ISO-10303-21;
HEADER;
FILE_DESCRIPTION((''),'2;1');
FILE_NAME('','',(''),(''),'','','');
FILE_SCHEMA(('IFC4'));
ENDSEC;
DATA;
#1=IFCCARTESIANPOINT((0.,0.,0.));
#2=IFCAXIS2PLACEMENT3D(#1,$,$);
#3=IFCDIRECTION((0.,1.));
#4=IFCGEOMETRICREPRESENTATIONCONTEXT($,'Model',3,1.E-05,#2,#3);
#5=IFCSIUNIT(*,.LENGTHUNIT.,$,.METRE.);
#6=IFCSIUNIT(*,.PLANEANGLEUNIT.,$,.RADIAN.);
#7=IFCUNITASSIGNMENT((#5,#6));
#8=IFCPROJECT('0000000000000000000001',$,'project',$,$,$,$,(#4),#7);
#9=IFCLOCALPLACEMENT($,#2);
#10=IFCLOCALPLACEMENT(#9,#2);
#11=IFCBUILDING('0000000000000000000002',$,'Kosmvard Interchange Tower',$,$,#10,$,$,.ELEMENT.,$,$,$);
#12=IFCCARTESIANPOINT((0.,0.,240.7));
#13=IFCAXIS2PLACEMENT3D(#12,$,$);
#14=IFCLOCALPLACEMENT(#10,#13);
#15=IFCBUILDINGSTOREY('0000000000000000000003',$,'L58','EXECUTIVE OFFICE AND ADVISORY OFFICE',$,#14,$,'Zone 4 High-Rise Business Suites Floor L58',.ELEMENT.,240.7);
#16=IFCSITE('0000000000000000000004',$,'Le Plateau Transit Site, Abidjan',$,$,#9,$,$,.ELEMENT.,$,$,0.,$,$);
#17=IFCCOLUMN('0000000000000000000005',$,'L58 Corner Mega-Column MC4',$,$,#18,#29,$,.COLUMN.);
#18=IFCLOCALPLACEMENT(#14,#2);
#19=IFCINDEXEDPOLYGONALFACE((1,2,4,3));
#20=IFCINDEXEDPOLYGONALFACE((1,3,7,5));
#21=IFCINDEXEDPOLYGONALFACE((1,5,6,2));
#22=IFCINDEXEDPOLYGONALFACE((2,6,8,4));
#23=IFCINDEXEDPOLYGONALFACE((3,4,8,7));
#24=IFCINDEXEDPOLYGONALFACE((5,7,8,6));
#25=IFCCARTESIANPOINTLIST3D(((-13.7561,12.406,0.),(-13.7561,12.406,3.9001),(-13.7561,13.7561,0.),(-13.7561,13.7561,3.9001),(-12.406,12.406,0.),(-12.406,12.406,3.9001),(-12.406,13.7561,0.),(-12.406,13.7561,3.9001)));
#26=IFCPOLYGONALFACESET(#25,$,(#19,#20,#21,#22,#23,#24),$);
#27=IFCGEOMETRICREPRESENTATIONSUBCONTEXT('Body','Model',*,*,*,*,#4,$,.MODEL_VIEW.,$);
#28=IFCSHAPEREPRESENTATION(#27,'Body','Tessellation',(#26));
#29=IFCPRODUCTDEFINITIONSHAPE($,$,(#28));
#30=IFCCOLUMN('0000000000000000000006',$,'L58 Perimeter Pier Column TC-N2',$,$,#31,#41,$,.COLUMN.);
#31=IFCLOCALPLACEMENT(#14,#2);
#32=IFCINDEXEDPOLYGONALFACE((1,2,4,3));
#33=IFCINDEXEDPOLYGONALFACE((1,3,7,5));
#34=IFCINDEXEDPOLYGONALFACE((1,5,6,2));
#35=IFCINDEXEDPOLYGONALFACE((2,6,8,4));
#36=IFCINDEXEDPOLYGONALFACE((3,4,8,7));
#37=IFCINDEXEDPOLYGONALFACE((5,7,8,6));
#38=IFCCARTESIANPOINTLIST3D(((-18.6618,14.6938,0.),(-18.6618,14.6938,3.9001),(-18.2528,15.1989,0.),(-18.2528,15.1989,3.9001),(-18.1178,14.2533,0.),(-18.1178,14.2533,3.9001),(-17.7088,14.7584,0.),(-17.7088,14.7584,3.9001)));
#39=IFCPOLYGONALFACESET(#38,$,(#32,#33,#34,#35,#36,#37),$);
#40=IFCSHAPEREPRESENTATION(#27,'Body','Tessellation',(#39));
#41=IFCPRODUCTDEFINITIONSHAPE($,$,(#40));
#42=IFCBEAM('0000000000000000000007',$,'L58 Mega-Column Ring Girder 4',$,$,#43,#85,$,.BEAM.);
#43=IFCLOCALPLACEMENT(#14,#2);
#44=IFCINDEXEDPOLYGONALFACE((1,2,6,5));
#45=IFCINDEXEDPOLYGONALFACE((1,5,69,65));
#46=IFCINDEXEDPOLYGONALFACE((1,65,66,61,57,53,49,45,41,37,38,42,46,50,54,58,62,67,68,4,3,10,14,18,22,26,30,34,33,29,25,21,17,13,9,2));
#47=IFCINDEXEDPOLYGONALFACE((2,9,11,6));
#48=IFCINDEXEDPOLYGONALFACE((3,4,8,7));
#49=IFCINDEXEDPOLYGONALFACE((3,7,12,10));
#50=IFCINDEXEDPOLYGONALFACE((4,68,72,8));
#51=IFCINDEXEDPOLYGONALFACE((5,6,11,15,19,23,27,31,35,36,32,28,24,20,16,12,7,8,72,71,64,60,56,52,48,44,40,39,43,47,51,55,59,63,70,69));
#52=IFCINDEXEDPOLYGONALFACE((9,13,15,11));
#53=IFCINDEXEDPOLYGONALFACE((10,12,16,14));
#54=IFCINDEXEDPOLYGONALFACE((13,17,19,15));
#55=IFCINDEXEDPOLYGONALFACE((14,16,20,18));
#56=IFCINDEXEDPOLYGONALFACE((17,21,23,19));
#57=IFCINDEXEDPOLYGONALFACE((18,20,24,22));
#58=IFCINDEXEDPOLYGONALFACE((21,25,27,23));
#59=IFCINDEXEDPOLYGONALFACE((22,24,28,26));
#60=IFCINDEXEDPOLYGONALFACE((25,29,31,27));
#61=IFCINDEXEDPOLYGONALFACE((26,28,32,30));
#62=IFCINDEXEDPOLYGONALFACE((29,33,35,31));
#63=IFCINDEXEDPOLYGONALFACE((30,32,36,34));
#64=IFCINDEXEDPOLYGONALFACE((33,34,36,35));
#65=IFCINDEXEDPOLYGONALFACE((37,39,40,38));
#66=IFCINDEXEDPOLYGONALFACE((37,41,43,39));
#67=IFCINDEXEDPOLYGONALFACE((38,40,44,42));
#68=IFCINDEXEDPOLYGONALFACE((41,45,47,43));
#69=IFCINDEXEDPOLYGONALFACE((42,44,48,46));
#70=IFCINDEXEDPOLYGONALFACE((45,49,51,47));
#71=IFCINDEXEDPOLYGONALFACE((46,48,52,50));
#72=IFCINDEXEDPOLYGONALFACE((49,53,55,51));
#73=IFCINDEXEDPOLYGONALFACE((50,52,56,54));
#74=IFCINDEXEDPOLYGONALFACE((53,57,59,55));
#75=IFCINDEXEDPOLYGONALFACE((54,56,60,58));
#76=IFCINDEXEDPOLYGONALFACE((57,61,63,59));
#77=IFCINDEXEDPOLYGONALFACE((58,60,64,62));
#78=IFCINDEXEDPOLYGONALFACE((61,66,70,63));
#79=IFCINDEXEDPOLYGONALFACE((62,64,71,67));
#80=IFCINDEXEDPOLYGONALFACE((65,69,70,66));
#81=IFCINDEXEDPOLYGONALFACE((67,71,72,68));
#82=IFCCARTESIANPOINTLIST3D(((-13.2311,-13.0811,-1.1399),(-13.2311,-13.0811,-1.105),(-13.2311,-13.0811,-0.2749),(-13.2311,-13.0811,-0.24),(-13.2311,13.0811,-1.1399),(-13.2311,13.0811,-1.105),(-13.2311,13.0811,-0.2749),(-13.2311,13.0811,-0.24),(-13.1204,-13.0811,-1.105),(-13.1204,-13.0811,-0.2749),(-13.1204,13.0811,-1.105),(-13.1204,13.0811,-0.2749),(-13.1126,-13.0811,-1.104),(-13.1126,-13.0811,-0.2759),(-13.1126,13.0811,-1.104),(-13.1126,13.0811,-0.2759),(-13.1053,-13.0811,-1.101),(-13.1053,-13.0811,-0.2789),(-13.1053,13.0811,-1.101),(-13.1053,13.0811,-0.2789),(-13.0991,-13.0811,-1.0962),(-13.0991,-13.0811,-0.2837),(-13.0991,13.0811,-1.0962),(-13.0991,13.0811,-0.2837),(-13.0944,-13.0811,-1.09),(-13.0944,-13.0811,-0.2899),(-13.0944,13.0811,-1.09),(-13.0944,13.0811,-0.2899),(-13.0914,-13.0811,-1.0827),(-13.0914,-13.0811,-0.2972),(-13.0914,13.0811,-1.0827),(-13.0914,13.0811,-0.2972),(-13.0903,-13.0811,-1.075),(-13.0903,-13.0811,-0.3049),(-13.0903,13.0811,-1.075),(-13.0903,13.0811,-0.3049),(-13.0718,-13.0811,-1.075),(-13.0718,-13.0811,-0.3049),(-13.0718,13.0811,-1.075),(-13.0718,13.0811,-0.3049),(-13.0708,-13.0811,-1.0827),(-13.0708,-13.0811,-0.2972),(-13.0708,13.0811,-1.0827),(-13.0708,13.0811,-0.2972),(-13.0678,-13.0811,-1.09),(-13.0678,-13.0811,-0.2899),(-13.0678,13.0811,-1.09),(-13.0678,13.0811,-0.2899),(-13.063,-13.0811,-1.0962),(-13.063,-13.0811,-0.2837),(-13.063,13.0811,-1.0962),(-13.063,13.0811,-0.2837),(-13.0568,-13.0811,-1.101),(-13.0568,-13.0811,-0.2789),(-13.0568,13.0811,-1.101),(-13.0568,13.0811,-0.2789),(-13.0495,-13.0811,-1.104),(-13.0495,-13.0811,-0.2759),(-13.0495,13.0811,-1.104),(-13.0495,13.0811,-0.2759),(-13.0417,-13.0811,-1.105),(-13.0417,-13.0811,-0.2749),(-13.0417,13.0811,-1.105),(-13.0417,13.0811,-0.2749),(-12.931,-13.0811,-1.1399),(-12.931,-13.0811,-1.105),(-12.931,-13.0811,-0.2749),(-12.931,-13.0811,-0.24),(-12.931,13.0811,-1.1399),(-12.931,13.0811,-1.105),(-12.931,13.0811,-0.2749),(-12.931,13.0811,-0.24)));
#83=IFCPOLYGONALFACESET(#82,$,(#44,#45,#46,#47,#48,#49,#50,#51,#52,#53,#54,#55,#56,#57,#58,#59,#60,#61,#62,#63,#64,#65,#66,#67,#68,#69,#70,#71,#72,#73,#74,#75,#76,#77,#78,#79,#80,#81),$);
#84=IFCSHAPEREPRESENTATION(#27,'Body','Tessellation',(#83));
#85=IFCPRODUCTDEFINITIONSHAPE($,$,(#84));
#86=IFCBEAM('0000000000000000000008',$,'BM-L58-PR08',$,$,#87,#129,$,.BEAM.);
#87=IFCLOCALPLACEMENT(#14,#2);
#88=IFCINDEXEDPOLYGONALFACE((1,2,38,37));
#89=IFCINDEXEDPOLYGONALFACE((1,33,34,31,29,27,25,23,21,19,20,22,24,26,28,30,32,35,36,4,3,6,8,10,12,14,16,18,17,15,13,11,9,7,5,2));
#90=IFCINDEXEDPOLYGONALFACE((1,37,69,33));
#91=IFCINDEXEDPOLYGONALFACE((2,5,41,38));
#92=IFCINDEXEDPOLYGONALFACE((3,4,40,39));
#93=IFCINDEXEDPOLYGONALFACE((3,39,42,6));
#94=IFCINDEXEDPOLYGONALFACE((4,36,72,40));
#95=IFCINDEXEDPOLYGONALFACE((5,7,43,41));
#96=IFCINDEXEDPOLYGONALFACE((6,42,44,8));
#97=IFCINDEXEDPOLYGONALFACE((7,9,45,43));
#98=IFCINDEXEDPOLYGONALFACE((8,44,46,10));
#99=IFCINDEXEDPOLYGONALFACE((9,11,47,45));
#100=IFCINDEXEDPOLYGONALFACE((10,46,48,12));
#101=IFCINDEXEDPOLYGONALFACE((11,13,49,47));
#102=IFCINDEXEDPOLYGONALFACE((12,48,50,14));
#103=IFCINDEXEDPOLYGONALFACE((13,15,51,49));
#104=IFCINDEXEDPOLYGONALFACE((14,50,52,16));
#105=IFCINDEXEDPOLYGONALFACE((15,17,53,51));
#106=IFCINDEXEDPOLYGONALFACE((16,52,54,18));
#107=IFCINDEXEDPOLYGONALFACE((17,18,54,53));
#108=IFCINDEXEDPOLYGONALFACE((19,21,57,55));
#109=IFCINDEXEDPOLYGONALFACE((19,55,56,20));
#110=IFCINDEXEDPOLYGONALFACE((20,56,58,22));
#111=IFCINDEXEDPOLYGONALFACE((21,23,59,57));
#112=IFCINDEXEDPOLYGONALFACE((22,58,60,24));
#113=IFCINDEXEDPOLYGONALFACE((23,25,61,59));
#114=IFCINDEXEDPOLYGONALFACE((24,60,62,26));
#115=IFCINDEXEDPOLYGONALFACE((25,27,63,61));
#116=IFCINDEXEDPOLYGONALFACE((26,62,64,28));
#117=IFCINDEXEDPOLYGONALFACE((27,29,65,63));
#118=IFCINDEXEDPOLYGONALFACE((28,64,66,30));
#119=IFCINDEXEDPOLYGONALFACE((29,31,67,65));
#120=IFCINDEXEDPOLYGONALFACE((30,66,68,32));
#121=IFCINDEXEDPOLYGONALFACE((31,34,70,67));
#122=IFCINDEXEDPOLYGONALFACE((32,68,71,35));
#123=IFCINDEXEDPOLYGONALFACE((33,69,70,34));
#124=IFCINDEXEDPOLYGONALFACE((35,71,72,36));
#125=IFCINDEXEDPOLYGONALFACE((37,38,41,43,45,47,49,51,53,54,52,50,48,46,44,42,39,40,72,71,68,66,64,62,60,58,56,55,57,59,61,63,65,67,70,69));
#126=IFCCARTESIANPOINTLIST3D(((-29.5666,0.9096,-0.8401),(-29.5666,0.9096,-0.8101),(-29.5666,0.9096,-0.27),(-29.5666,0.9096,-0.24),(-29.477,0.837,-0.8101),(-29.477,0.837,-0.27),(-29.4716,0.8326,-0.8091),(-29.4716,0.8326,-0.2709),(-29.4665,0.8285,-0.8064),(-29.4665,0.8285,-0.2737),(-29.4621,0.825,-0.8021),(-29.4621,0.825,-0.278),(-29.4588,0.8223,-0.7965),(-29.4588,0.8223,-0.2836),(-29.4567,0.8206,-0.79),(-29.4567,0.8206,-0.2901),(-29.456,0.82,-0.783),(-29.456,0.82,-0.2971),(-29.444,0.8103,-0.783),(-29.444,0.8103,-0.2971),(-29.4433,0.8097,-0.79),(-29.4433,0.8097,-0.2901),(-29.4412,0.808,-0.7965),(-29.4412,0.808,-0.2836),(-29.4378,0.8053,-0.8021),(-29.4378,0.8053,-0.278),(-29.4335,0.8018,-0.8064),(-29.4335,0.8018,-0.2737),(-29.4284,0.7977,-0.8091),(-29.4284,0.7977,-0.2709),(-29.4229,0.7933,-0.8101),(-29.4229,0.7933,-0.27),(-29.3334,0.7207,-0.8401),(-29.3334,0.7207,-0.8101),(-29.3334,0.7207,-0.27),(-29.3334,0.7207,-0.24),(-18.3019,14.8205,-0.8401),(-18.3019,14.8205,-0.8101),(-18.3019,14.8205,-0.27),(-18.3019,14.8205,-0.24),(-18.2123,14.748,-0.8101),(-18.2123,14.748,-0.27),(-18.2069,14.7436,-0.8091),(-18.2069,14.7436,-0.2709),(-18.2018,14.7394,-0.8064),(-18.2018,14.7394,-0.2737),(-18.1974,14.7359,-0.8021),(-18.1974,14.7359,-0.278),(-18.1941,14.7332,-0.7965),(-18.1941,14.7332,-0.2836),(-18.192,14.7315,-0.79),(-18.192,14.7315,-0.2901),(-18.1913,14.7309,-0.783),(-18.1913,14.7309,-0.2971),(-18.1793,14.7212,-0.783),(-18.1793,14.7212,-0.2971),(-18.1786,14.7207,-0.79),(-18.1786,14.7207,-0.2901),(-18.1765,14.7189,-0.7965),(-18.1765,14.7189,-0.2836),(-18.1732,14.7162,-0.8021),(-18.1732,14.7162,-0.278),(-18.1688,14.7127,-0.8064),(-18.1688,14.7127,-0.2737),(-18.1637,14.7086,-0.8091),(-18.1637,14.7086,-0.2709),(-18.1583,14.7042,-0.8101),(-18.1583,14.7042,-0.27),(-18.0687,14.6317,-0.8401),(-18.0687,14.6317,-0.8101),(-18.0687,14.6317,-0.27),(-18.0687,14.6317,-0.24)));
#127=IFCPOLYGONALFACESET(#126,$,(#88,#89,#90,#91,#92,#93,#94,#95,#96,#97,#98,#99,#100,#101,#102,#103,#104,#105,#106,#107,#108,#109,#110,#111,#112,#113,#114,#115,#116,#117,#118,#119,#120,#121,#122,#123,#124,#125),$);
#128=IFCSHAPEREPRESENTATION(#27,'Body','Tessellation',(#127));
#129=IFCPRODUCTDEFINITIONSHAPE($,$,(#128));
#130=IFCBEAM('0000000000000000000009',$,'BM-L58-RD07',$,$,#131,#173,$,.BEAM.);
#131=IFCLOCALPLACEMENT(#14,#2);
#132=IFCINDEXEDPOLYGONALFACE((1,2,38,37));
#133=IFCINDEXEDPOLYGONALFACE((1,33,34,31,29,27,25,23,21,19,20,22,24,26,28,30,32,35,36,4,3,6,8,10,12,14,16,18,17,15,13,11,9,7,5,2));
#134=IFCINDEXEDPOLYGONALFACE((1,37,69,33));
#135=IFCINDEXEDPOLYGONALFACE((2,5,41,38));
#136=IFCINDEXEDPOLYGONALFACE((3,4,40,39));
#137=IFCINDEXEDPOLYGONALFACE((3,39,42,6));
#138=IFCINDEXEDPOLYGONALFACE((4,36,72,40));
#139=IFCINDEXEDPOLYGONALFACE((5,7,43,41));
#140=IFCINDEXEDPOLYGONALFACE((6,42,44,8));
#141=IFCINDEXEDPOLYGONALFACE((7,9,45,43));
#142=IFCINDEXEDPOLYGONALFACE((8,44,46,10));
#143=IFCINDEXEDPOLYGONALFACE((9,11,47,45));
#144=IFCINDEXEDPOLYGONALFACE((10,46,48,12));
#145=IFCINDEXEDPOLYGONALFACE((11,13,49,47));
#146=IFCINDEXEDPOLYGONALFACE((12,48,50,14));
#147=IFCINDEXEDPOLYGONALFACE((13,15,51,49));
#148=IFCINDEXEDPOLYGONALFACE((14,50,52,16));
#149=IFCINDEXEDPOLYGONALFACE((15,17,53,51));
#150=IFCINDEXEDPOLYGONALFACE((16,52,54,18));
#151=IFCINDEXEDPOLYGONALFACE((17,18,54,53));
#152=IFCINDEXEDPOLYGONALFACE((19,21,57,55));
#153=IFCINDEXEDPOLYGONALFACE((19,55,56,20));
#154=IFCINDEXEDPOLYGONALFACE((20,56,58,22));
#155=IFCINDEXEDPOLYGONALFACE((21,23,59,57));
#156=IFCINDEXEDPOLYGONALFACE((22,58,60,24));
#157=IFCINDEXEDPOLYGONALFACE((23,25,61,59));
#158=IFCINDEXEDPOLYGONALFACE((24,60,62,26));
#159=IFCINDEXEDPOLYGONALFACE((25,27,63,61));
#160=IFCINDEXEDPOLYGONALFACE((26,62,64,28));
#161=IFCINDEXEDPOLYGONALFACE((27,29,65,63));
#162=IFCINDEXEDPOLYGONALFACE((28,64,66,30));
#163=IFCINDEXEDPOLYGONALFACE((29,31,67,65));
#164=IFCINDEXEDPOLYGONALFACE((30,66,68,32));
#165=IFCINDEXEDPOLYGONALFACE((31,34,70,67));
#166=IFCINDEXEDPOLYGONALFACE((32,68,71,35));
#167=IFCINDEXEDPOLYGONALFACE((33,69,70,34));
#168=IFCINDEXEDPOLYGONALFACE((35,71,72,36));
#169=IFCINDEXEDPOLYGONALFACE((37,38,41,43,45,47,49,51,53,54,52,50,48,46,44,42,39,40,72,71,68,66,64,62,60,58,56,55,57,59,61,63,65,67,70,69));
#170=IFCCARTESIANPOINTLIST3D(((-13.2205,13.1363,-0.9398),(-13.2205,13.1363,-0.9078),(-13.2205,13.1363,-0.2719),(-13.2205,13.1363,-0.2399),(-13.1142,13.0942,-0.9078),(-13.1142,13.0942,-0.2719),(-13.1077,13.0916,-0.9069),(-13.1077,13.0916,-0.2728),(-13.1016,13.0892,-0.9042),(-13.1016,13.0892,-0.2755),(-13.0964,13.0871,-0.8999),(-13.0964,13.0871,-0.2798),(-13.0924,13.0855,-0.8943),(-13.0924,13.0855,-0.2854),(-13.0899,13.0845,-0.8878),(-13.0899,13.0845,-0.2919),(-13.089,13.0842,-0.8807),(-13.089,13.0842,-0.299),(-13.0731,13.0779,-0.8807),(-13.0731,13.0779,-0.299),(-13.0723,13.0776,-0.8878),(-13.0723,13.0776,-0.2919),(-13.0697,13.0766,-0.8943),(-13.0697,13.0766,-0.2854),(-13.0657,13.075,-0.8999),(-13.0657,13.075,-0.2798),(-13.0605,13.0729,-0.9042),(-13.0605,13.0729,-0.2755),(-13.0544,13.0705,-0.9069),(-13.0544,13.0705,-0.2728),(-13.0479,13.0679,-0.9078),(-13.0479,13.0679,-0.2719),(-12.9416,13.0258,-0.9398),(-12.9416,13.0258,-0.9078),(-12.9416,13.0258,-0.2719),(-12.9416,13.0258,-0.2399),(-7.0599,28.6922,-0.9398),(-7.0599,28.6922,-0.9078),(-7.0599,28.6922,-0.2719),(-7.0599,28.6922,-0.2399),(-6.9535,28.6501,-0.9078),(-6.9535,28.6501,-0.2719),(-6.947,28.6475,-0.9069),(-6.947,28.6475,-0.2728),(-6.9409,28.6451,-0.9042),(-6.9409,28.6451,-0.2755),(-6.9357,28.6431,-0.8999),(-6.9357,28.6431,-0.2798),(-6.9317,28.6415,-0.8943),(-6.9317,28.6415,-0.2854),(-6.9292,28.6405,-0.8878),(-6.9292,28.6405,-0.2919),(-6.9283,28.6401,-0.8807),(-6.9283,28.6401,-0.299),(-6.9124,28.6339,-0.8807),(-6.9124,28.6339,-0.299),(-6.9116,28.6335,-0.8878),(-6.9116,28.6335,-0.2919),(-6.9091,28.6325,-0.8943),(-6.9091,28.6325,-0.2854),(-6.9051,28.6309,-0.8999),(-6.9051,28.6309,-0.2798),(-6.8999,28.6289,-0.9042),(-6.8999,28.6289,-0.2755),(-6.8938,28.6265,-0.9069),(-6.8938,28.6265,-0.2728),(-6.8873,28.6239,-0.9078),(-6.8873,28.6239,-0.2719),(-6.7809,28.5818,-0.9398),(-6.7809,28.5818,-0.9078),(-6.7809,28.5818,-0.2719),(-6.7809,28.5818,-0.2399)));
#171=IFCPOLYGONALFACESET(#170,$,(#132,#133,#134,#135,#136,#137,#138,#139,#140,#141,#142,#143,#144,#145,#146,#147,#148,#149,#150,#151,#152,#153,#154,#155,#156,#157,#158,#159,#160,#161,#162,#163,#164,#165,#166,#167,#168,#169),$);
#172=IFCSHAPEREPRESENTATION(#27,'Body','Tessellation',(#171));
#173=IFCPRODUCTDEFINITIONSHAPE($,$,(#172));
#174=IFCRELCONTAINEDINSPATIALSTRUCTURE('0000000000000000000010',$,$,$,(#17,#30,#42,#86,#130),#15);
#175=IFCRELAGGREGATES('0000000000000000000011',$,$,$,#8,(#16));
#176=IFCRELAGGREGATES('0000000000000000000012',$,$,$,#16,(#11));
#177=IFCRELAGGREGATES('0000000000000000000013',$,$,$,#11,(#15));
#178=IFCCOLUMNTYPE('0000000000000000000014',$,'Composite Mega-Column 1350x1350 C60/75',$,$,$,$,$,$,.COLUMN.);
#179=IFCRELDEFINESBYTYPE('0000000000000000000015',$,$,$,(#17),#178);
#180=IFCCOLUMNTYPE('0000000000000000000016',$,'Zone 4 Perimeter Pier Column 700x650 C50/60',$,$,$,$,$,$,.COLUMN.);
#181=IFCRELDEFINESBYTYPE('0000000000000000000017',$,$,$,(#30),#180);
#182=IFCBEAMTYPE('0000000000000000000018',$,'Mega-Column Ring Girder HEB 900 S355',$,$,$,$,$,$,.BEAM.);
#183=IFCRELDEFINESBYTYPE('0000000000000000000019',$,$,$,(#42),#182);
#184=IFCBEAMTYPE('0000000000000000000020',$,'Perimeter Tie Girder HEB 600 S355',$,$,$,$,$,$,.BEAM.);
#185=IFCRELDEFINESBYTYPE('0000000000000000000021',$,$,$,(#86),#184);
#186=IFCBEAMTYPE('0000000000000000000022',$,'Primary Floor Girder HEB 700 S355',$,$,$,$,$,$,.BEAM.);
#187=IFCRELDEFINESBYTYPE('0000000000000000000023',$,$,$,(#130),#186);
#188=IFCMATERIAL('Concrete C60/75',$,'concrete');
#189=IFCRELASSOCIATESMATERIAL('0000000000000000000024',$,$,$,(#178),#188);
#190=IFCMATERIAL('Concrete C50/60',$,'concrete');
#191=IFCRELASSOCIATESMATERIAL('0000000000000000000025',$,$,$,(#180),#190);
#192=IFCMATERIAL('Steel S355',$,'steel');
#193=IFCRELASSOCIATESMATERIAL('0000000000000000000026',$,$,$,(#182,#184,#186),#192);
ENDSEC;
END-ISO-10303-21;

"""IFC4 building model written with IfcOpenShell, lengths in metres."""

from ifc_helpers import new_model, si_unit, direction, frame, origin, origin_2d, place, context, subcontext, project, spatial, rectangle, i_section, extrude, source, transform, mapped, material, material_profile, profile_set, type_object, element, save


model = new_model("IFC4")

# Units and contexts
model_context = context("Model", 3, precision=1e-05, world=origin(), true_north=direction((0.0, 1.0)))
body_context = subcontext(model_context, "Body", "Model", "MODEL_VIEW")
ifc_project = project(units=[si_unit("LENGTHUNIT", "METRE"), si_unit("PLANEANGLEUNIT", "RADIAN")], contexts=[model_context])

# Site, building, storey
site_placement = place(None, origin())
site = spatial("IfcSite", under=ifc_project, at=site_placement, Name="Le Plateau Transit Site, Abidjan", CompositionType="ELEMENT", RefElevation=0.0)
building_placement = place(site_placement, origin())
building = spatial("IfcBuilding", under=site, at=building_placement, Name="Kosmvard Interchange Tower", CompositionType="ELEMENT")
storey_placement = place(building_placement, frame((0.0, 0.0, 240.7)))
storey = spatial("IfcBuildingStorey", under=building, at=storey_placement, Name="L58", Description="EXECUTIVE OFFICE AND ADVISORY OFFICE", LongName="Zone 4 High-Rise Business Suites Floor L58", CompositionType="ELEMENT", Elevation=240.7)

# Columns
ifc_material_1 = material(Name="Concrete C60/75", Category="concrete")
ifc_material_profile_1 = material_profile(ifc_material_1, rectangle(XDim=1.3501, YDim=1.3501, at=origin_2d()), Name="MC 1350x1350")
ifc_profile_set_1 = profile_set([ifc_material_profile_1], Name="Concrete C60/75")
column_type_1 = type_object("IfcColumnType", Name="Composite Mega-Column 1350x1350 C60/75", PredefinedType="COLUMN", material=ifc_profile_set_1)
shared_shape_1 = source(origin(), body_context, "Body", "SweptSolid", [
    extrude(rectangle(XDim=1.3501, YDim=1.3501, at=origin_2d()), origin(), (0.0, 0.0, 1.0), 3.9001),
])
column_1_placement = place(storey_placement, frame((-13.0811, 13.0811, 0.0), z_axis=(0.0, 0.0, 1.0), x_axis=(1.0, 0.0, 0.0)))
element("IfcColumn", 1, at=column_1_placement, inside=storey, type_object=column_type_1, Name="L58 Corner Mega-Column MC4", PredefinedType="COLUMN", context=body_context, shape_type="MappedRepresentation", body=[
    mapped(shared_shape_1, transform((0.0, 0.0, 0.0), scale=1.0)),
])
ifc_material_2 = material(Name="Concrete C50/60", Category="concrete")
ifc_material_profile_2 = material_profile(ifc_material_2, rectangle(XDim=0.6499, YDim=0.7, at=origin_2d()), Name="TC 700x650")
ifc_profile_set_2 = profile_set([ifc_material_profile_2], Name="Concrete C50/60")
column_type_2 = type_object("IfcColumnType", Name="Zone 4 Perimeter Pier Column 700x650 C50/60", PredefinedType="COLUMN", material=ifc_profile_set_2)
shared_shape_2 = source(origin(), body_context, "Body", "SweptSolid", [
    extrude(rectangle(XDim=0.6499, YDim=0.7, at=origin_2d()), origin(), (0.0, 0.0, 1.0), 3.9001),
])
column_2_placement = place(storey_placement, frame((-18.1853, 14.7261, 0.0), z_axis=(0.0, 0.0, 1.0), x_axis=(0.62932, 0.777146, 0.0)))
element("IfcColumn", 2, at=column_2_placement, inside=storey, type_object=column_type_2, Name="L58 Perimeter Pier Column TC-N2", PredefinedType="COLUMN", context=body_context, shape_type="MappedRepresentation", body=[
    mapped(shared_shape_2, transform((0.0, 0.0, 0.0), scale=1.0)),
])

# Beams
ifc_material_3 = material(Name="Steel S355", Category="steel")
ifc_material_profile_3 = material_profile(ifc_material_3, i_section(OverallWidth=0.3, OverallDepth=0.8999, WebThickness=0.0186, FlangeThickness=0.0349, FilletRadius=0.03, at=origin_2d()), Name="HEB 900")
ifc_profile_set_3 = profile_set([ifc_material_profile_3], Name="Steel S355")
beam_type_1 = type_object("IfcBeamType", Name="Mega-Column Ring Girder HEB 900 S355", PredefinedType="BEAM", material=ifc_profile_set_3)
shared_shape_3 = source(origin(), body_context, "Body", "SweptSolid", [
    extrude(i_section(OverallWidth=0.3, OverallDepth=0.8999, WebThickness=0.0186, FlangeThickness=0.0349, FilletRadius=0.03, at=origin_2d()), origin(), (0.0, 0.0, 1.0), 26.1621),
])
beam_1_placement = place(storey_placement, frame((-13.0811, 13.0811, -0.6899), z_axis=(0.0, -1.0, 0.0), x_axis=(1.0, 0.0, 0.0)))
element("IfcBeam", 3, at=beam_1_placement, inside=storey, type_object=beam_type_1, Name="L58 Mega-Column Ring Girder 4", PredefinedType="BEAM", context=body_context, shape_type="MappedRepresentation", body=[
    mapped(shared_shape_3, transform((0.0, 0.0, 0.0), scale=1.0)),
])
ifc_material_profile_4 = material_profile(ifc_material_3, i_section(OverallWidth=0.3, OverallDepth=0.6001, WebThickness=0.0154, FlangeThickness=0.03, FilletRadius=0.0271, at=origin_2d()), Name="HEB 600")
ifc_profile_set_4 = profile_set([ifc_material_profile_4], Name="Steel S355")
beam_type_2 = type_object("IfcBeamType", Name="Perimeter Tie Girder HEB 600 S355", PredefinedType="BEAM", material=ifc_profile_set_4)
shared_shape_4 = source(origin(), body_context, "Body", "SweptSolid", [
    extrude(i_section(OverallWidth=0.3, OverallDepth=0.6001, WebThickness=0.0154, FlangeThickness=0.03, FilletRadius=0.0271, at=origin_2d()), origin(), (0.0, 0.0, 1.0), 17.8999),
])
beam_2_placement = place(storey_placement, frame((-18.1853, 14.7261, -0.54), z_axis=(-0.629315, -0.777151, 0.0), x_axis=(0.777151, -0.629315, 0.0)))
element("IfcBeam", 4, at=beam_2_placement, inside=storey, type_object=beam_type_2, Name="BM-L58-PR08", PredefinedType="BEAM", context=body_context, shape_type="MappedRepresentation", body=[
    mapped(shared_shape_4, transform((0.0, 0.0, 0.0), scale=1.0)),
])
ifc_material_profile_5 = material_profile(ifc_material_3, i_section(OverallWidth=0.3, OverallDepth=0.7, WebThickness=0.0171, FlangeThickness=0.032, FilletRadius=0.0271, at=origin_2d()), Name="HEB 700")
ifc_profile_set_5 = profile_set([ifc_material_profile_5], Name="Steel S355")
beam_type_3 = type_object("IfcBeamType", Name="Primary Floor Girder HEB 700 S355", PredefinedType="BEAM", material=ifc_profile_set_5)
shared_shape_5 = source(origin(), body_context, "Body", "SweptSolid", [
    extrude(i_section(OverallWidth=0.3, OverallDepth=0.7, WebThickness=0.0171, FlangeThickness=0.032, FilletRadius=0.0271, at=origin_2d()), origin(), (0.0, 0.0, 1.0), 16.7314),
])
beam_3_placement = place(storey_placement, frame((-13.0811, 13.0811, -0.5898), z_axis=(0.368209, 0.929743, 0.0), x_axis=(-0.929743, 0.368209, 0.0)))
element("IfcBeam", 5, at=beam_3_placement, inside=storey, type_object=beam_type_3, Name="BM-L58-RD07", PredefinedType="BEAM", context=body_context, shape_type="MappedRepresentation", body=[
    mapped(shared_shape_5, transform((0.0, 0.0, 0.0), scale=1.0)),
])

save(model, "model.ifc")
